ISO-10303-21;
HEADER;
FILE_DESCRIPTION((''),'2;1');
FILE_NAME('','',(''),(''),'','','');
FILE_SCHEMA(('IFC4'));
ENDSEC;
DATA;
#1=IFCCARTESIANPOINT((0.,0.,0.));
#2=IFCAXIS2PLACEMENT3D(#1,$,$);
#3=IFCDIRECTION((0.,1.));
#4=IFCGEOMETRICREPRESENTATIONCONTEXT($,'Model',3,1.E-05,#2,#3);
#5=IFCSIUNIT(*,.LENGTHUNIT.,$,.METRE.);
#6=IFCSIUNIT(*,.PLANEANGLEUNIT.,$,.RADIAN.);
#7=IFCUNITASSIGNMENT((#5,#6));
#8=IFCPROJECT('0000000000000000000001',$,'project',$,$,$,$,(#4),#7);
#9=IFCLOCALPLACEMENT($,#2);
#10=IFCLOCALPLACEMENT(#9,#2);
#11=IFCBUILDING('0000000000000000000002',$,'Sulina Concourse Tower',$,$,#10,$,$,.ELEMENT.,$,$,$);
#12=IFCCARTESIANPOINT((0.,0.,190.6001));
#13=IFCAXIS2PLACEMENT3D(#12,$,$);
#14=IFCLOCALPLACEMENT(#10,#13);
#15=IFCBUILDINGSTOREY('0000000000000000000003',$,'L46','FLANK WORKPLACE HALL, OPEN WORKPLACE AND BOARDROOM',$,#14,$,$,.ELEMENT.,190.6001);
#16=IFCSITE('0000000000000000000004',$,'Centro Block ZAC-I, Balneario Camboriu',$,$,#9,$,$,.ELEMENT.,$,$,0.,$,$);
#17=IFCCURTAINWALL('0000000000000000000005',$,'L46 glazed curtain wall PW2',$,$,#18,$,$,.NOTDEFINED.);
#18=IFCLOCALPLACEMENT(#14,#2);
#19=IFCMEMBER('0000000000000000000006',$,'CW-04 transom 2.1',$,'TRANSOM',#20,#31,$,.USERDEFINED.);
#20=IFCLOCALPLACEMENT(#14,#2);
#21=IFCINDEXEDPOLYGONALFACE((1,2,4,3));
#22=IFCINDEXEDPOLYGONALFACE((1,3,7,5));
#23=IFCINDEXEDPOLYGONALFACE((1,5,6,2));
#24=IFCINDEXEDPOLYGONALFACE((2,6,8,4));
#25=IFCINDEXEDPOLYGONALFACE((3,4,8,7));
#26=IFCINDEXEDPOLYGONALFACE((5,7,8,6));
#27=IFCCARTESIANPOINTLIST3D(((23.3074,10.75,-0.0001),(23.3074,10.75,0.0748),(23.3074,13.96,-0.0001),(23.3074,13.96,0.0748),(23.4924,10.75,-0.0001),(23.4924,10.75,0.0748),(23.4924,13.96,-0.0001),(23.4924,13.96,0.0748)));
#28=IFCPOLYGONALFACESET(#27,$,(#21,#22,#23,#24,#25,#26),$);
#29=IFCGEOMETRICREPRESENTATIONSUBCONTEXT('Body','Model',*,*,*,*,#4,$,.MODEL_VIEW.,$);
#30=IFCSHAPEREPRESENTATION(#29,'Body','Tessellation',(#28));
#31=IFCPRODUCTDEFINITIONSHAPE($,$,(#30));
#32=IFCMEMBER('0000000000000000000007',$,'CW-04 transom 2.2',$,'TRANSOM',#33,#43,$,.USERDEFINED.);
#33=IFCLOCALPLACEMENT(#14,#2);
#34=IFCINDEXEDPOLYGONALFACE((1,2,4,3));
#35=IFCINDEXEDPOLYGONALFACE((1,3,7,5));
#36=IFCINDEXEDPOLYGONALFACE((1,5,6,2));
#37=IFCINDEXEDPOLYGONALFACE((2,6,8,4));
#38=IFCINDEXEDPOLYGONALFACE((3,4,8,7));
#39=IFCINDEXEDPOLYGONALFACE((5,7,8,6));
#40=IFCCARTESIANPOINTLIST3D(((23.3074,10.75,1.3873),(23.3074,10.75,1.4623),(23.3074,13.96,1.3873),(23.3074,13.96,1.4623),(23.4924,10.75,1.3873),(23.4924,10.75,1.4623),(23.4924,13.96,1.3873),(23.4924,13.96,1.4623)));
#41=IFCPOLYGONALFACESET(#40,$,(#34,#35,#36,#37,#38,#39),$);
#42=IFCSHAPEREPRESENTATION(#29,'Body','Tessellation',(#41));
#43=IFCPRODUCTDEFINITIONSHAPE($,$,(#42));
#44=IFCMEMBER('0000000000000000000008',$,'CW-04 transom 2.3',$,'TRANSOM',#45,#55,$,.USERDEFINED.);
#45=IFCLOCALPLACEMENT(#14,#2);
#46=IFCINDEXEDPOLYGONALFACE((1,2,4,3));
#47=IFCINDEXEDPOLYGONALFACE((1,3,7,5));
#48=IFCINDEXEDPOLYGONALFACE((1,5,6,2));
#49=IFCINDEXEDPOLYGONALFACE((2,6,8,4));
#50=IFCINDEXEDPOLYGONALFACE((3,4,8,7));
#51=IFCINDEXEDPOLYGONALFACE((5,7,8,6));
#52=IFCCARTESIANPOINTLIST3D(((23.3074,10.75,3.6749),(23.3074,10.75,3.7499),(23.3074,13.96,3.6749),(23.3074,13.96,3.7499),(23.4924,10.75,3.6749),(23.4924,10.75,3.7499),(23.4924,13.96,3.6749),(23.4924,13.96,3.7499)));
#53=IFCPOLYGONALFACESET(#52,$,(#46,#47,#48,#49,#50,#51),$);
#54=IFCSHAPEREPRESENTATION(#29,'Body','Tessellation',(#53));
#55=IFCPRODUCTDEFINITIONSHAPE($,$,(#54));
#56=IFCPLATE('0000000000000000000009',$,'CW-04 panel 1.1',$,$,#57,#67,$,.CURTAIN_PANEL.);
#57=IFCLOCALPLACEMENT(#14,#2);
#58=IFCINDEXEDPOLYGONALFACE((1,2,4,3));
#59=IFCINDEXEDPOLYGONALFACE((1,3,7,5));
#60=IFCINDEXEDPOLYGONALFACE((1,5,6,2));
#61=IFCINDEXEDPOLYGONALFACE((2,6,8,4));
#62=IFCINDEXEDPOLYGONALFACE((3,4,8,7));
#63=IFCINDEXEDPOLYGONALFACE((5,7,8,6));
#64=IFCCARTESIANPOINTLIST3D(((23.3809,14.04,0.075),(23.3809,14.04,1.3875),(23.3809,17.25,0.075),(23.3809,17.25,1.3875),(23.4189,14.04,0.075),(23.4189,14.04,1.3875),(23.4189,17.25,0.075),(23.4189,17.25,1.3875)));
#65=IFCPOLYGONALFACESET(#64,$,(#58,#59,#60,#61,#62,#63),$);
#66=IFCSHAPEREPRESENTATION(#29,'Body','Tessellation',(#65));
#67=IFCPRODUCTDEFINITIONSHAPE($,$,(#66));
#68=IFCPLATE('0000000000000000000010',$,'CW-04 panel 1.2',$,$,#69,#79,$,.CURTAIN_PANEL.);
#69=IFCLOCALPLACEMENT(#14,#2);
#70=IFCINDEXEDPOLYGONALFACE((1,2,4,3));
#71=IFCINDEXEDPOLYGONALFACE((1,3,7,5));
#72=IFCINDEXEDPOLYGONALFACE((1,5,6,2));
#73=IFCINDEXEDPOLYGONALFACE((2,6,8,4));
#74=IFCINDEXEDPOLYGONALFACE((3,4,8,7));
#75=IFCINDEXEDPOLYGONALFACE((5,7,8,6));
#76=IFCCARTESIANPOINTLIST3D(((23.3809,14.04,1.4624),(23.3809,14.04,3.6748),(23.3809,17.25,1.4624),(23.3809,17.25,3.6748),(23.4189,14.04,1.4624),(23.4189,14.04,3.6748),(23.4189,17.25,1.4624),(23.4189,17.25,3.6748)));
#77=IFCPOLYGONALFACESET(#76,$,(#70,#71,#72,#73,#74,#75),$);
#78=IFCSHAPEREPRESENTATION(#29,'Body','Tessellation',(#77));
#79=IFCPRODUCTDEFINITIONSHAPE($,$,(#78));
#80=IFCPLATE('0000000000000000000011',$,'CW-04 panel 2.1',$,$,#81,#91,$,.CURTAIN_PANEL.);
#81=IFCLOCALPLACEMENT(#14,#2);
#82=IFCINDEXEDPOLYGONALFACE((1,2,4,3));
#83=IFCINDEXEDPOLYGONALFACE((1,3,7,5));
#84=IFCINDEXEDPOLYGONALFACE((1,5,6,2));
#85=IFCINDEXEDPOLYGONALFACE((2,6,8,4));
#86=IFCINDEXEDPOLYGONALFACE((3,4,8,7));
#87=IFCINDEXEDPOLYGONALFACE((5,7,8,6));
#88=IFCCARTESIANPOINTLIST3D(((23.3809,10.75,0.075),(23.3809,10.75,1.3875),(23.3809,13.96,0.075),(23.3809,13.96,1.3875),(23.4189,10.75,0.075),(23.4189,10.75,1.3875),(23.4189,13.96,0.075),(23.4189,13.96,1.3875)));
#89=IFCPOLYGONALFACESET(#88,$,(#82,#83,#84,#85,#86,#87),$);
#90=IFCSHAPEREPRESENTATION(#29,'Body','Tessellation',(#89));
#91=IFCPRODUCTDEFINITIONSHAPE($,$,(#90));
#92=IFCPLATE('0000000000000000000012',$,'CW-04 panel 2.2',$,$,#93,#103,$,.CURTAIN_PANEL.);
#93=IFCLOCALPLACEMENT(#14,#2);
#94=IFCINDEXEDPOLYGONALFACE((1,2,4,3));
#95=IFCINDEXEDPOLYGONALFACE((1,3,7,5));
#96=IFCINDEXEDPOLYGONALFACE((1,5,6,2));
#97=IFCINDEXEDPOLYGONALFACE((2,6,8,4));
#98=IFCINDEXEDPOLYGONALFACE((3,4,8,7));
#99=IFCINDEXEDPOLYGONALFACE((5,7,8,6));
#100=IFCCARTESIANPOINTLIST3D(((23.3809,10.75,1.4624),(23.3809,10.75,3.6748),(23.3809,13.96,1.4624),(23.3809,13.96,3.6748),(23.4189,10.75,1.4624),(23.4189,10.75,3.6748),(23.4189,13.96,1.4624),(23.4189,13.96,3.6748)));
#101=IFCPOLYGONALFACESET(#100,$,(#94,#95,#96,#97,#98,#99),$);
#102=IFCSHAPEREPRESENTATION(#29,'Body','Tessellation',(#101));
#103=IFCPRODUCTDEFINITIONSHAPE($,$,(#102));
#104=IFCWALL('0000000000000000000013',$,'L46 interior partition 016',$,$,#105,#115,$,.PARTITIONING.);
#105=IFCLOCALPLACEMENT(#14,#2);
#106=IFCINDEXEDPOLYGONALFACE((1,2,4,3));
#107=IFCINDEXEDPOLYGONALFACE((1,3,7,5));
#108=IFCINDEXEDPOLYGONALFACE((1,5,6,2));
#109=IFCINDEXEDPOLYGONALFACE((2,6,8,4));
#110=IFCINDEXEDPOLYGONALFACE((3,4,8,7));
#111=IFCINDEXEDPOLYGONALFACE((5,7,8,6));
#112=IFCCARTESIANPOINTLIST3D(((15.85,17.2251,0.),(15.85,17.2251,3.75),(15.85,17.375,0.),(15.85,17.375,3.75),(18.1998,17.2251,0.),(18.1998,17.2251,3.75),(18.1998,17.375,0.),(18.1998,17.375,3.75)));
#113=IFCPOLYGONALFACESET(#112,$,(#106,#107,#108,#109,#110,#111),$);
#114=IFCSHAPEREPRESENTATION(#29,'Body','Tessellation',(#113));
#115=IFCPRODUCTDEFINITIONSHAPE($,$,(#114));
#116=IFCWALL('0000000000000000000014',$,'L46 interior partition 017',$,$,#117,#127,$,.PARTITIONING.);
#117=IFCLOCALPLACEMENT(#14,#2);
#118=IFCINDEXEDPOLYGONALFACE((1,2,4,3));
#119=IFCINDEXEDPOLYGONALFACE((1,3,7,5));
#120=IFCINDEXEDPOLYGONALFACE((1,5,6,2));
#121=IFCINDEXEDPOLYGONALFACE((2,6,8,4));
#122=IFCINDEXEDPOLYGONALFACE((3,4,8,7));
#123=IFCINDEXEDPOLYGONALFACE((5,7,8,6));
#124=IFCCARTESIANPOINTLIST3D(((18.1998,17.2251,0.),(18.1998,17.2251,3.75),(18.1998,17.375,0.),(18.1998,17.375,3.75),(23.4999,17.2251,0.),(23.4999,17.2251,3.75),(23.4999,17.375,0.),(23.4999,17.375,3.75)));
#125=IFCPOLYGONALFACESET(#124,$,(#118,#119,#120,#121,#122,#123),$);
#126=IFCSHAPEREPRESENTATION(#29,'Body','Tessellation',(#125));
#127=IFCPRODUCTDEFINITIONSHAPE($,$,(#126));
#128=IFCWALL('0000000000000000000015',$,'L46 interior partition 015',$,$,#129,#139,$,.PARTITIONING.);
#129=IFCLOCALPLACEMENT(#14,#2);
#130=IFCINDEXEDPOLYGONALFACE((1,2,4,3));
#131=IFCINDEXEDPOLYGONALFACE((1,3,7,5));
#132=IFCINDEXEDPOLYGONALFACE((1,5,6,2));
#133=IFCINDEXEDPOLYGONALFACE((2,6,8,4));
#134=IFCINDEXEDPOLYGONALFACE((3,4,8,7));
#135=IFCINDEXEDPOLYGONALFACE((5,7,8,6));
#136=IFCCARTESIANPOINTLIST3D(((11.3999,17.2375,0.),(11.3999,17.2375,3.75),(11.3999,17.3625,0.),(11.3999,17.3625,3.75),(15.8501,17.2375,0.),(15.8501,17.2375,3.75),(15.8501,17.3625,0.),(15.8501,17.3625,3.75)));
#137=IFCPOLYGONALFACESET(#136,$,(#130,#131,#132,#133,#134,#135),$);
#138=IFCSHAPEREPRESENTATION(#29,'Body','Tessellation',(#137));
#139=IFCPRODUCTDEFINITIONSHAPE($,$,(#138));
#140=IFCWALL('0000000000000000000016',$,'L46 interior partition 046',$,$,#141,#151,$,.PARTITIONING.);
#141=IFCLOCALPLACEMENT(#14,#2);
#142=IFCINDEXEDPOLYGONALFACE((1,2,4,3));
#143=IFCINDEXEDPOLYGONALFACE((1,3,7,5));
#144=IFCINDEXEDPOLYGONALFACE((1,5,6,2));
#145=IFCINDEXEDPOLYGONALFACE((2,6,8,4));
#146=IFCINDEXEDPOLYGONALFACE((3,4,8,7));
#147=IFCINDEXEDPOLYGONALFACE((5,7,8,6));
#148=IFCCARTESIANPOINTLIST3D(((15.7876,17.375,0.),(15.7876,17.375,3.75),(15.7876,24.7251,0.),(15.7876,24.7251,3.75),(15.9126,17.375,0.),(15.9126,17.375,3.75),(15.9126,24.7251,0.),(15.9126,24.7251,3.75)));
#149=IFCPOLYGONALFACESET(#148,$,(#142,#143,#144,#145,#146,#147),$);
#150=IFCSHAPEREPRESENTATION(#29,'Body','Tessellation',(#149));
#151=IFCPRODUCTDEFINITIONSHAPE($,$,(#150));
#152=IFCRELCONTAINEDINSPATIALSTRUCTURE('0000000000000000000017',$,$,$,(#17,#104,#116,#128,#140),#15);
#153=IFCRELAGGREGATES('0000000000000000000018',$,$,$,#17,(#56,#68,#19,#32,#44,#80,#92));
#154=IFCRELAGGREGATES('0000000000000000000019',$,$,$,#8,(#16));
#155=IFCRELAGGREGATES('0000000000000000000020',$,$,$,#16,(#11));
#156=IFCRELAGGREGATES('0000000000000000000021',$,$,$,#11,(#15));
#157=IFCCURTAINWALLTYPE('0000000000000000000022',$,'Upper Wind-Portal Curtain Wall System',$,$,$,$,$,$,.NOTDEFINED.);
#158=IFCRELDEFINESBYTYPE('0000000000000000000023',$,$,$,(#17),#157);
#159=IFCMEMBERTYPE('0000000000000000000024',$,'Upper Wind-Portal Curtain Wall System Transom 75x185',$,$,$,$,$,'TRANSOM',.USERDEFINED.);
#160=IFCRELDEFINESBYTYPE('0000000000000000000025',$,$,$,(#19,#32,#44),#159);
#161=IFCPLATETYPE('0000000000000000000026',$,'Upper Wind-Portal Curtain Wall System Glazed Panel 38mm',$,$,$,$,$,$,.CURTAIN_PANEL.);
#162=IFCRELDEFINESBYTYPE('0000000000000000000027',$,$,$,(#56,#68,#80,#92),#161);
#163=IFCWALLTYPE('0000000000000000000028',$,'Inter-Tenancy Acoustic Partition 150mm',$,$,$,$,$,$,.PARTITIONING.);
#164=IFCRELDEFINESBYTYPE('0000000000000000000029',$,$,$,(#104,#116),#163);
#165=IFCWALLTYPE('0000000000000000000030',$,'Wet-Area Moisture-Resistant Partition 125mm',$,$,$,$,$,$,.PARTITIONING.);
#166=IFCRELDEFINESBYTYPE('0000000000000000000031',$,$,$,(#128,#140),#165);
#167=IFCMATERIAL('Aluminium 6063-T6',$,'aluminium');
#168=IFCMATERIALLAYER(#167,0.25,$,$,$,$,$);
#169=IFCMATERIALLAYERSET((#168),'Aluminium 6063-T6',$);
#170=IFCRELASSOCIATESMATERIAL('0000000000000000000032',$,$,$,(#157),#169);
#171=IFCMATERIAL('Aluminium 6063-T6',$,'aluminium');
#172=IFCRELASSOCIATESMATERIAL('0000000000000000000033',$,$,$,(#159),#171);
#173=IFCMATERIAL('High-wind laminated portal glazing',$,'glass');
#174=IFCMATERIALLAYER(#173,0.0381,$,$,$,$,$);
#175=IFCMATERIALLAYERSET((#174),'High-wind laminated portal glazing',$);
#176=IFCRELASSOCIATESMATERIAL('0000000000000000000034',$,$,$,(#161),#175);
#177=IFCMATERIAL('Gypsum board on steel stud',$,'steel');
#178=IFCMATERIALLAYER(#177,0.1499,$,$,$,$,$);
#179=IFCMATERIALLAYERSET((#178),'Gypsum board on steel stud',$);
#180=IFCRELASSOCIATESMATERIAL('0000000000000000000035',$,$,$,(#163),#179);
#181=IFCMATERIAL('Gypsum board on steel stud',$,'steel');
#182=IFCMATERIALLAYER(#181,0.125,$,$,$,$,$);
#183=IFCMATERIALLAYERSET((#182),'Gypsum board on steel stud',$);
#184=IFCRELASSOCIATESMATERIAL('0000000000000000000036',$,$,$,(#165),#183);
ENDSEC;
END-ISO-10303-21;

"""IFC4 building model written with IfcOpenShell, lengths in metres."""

from ifc_helpers import new_model, si_unit, direction, frame, frame_2d, origin, origin_2d, place, context, subcontext, project, spatial, rectangle, extrude, material, layer, layer_set, material_profile, profile_set, type_object, element, aggregate, save


model = new_model("IFC4")

# Units and contexts
model_context = context("Model", 3, precision=1e-05, world=origin(), true_north=direction((0.0, 1.0)))
body_context = subcontext(model_context, "Body", "Model", "MODEL_VIEW")
ifc_project = project(units=[si_unit("LENGTHUNIT", "METRE"), si_unit("PLANEANGLEUNIT", "RADIAN")], contexts=[model_context])

# Site, building, storey
site_placement = place(None, origin())
site = spatial("IfcSite", under=ifc_project, at=site_placement, Name="Centro Block ZAC-I, Balneario Camboriu", CompositionType="ELEMENT", RefElevation=0.0)
building_placement = place(site_placement, origin())
building = spatial("IfcBuilding", under=site, at=building_placement, Name="Sulina Concourse Tower", CompositionType="ELEMENT")
storey_placement = place(building_placement, frame((0.0, 0.0, 190.6001)))
storey = spatial("IfcBuildingStorey", under=building, at=storey_placement, Name="L46", Description="FLANK WORKPLACE HALL, OPEN WORKPLACE AND BOARDROOM", CompositionType="ELEMENT", Elevation=190.6001)

# Curtain wall, members, plates
ifc_material_1 = material(Name="Aluminium 6063-T6", Category="aluminium")
ifc_layer_1 = layer(ifc_material_1, 0.25)
ifc_layer_set_1 = layer_set([ifc_layer_1], Name="Aluminium 6063-T6")
curtain_wall_type = type_object("IfcCurtainWallType", Name="Upper Wind-Portal Curtain Wall System", PredefinedType="NOTDEFINED", material=ifc_layer_set_1)
curtain_wall_placement = place(storey_placement, origin())
curtain_wall = element("IfcCurtainWall", 1, at=curtain_wall_placement, inside=storey, type_object=curtain_wall_type, Name="L46 glazed curtain wall PW2", PredefinedType="NOTDEFINED")
ifc_material_2 = material(Name="Aluminium 6063-T6", Category="aluminium")
ifc_material_profile_1 = material_profile(ifc_material_2, rectangle(XDim=0.1851, YDim=0.075, at=origin_2d()), Name="TRN 75x185")
ifc_profile_set_1 = profile_set([ifc_material_profile_1], Name="Aluminium 6063-T6")
member_type_1 = type_object("IfcMemberType", Name="Upper Wind-Portal Curtain Wall System Transom 75x185", ElementType="TRANSOM", PredefinedType="USERDEFINED", material=ifc_profile_set_1)
member_1_placement = place(storey_placement, frame((23.3999, 13.96, 0.0374), z_axis=(0.0, -1.0, 0.0), x_axis=(1.0, 0.0, 0.0)))
member_1 = element("IfcMember", 2, at=member_1_placement, type_object=member_type_1, Name="CW-04 transom 2.1", ObjectType="TRANSOM", PredefinedType="USERDEFINED", context=body_context, shape_type="SweptSolid", body=[
    extrude(rectangle(XDim=0.1851, YDim=0.075, at=origin_2d()), origin(), (0.0, 0.0, 1.0), 3.21),
])
member_2_placement = place(storey_placement, frame((23.3999, 13.96, 1.4248), z_axis=(0.0, -1.0, 0.0), x_axis=(1.0, 0.0, 0.0)))
member_2 = element("IfcMember", 3, at=member_2_placement, type_object=member_type_1, Name="CW-04 transom 2.2", ObjectType="TRANSOM", PredefinedType="USERDEFINED", context=body_context, shape_type="SweptSolid", body=[
    extrude(rectangle(XDim=0.1851, YDim=0.075, at=origin_2d()), origin(), (0.0, 0.0, 1.0), 3.21),
])
member_3_placement = place(storey_placement, frame((23.3999, 13.96, 3.7124), z_axis=(0.0, -1.0, 0.0), x_axis=(1.0, 0.0, 0.0)))
member_3 = element("IfcMember", 4, at=member_3_placement, type_object=member_type_1, Name="CW-04 transom 2.3", ObjectType="TRANSOM", PredefinedType="USERDEFINED", context=body_context, shape_type="SweptSolid", body=[
    extrude(rectangle(XDim=0.1851, YDim=0.075, at=origin_2d()), origin(), (0.0, 0.0, 1.0), 3.21),
])
ifc_material_3 = material(Name="High-wind laminated portal glazing", Category="glass")
ifc_layer_2 = layer(ifc_material_3, 0.0381)
ifc_layer_set_2 = layer_set([ifc_layer_2], Name="High-wind laminated portal glazing")
plate_type = type_object("IfcPlateType", Name="Upper Wind-Portal Curtain Wall System Glazed Panel 38mm", PredefinedType="CURTAIN_PANEL", material=ifc_layer_set_2)
plate_1_placement = place(storey_placement, frame((23.3999, 15.645, 0.075), z_axis=(0.0, 0.0, 1.0), x_axis=(0.0, -1.0, 0.0)))
plate_1 = element("IfcPlate", 5, at=plate_1_placement, type_object=plate_type, Name="CW-04 panel 1.1", PredefinedType="CURTAIN_PANEL", context=body_context, shape_type="SweptSolid", body=[
    extrude(rectangle(XDim=3.21, YDim=0.0381, at=origin_2d()), origin(), (0.0, 0.0, 1.0), 1.3125),
])
plate_2_placement = place(storey_placement, frame((23.3999, 15.645, 1.4624), z_axis=(0.0, 0.0, 1.0), x_axis=(0.0, -1.0, 0.0)))
plate_2 = element("IfcPlate", 6, at=plate_2_placement, type_object=plate_type, Name="CW-04 panel 1.2", PredefinedType="CURTAIN_PANEL", context=body_context, shape_type="SweptSolid", body=[
    extrude(rectangle(XDim=3.21, YDim=0.0381, at=origin_2d()), origin(), (0.0, 0.0, 1.0), 2.2124),
])
plate_3_placement = place(storey_placement, frame((23.3999, 12.355, 0.075), z_axis=(0.0, 0.0, 1.0), x_axis=(0.0, -1.0, 0.0)))
plate_3 = element("IfcPlate", 7, at=plate_3_placement, type_object=plate_type, Name="CW-04 panel 2.1", PredefinedType="CURTAIN_PANEL", context=body_context, shape_type="SweptSolid", body=[
    extrude(rectangle(XDim=3.21, YDim=0.0381, at=origin_2d()), origin(), (0.0, 0.0, 1.0), 1.3125),
])
plate_4_placement = place(storey_placement, frame((23.3999, 12.355, 1.4624), z_axis=(0.0, 0.0, 1.0), x_axis=(0.0, -1.0, 0.0)))
plate_4 = element("IfcPlate", 8, at=plate_4_placement, type_object=plate_type, Name="CW-04 panel 2.2", PredefinedType="CURTAIN_PANEL", context=body_context, shape_type="SweptSolid", body=[
    extrude(rectangle(XDim=3.21, YDim=0.0381, at=origin_2d()), origin(), (0.0, 0.0, 1.0), 2.2124),
])
aggregate(curtain_wall, [plate_1, plate_2, member_1, member_2, member_3, plate_3, plate_4])

# Walls
ifc_material_4 = material(Name="Gypsum board on steel stud", Category="steel")
ifc_layer_3 = layer(ifc_material_4, 0.1499)
ifc_layer_set_3 = layer_set([ifc_layer_3], Name="Gypsum board on steel stud")
wall_type_1 = type_object("IfcWallType", Name="Inter-Tenancy Acoustic Partition 150mm", PredefinedType="PARTITIONING", material=ifc_layer_set_3)
wall_1_placement = place(storey_placement, frame((15.8501, 17.3, 0.0), z_axis=(0.0, 0.0, 1.0), x_axis=(1.0, 0.0, 0.0)))
element("IfcWall", 9, at=wall_1_placement, inside=storey, type_object=wall_type_1, Name="L46 interior partition 016", PredefinedType="PARTITIONING", context=body_context, shape_type="SweptSolid", body=[
    extrude(rectangle(XDim=2.3499, YDim=0.1499, at=frame_2d((1.1748, 0.0))), origin(), (0.0, 0.0, 1.0), 3.75),
])
wall_2_placement = place(storey_placement, frame((18.2, 17.3, 0.0), z_axis=(0.0, 0.0, 1.0), x_axis=(1.0, 0.0, 0.0)))
element("IfcWall", 10, at=wall_2_placement, inside=storey, type_object=wall_type_1, Name="L46 interior partition 017", PredefinedType="PARTITIONING", context=body_context, shape_type="SweptSolid", body=[
    extrude(rectangle(XDim=5.3, YDim=0.1499, at=frame_2d((2.6499, 0.0))), origin(), (0.0, 0.0, 1.0), 3.75),
])
ifc_material_5 = material(Name="Gypsum board on steel stud", Category="steel")
ifc_layer_4 = layer(ifc_material_5, 0.125)
ifc_layer_set_4 = layer_set([ifc_layer_4], Name="Gypsum board on steel stud")
wall_type_2 = type_object("IfcWallType", Name="Wet-Area Moisture-Resistant Partition 125mm", PredefinedType="PARTITIONING", material=ifc_layer_set_4)
wall_3_placement = place(storey_placement, frame((11.3999, 17.3, 0.0), z_axis=(0.0, 0.0, 1.0), x_axis=(1.0, 0.0, 0.0)))
element("IfcWall", 11, at=wall_3_placement, inside=storey, type_object=wall_type_2, Name="L46 interior partition 015", PredefinedType="PARTITIONING", context=body_context, shape_type="SweptSolid", body=[
    extrude(rectangle(XDim=4.4502, YDim=0.125, at=frame_2d((2.2251, 0.0))), origin(), (0.0, 0.0, 1.0), 3.75),
])
wall_4_placement = place(storey_placement, frame((15.8501, 17.375, 0.0), z_axis=(0.0, 0.0, 1.0), x_axis=(0.0, 1.0, 0.0)))
element("IfcWall", 12, at=wall_4_placement, inside=storey, type_object=wall_type_2, Name="L46 interior partition 046", PredefinedType="PARTITIONING", context=body_context, shape_type="SweptSolid", body=[
    extrude(rectangle(XDim=7.3501, YDim=0.125, at=frame_2d((3.675, 0.0))), origin(), (0.0, 0.0, 1.0), 3.75),
])

save(model, "model.ifc")
